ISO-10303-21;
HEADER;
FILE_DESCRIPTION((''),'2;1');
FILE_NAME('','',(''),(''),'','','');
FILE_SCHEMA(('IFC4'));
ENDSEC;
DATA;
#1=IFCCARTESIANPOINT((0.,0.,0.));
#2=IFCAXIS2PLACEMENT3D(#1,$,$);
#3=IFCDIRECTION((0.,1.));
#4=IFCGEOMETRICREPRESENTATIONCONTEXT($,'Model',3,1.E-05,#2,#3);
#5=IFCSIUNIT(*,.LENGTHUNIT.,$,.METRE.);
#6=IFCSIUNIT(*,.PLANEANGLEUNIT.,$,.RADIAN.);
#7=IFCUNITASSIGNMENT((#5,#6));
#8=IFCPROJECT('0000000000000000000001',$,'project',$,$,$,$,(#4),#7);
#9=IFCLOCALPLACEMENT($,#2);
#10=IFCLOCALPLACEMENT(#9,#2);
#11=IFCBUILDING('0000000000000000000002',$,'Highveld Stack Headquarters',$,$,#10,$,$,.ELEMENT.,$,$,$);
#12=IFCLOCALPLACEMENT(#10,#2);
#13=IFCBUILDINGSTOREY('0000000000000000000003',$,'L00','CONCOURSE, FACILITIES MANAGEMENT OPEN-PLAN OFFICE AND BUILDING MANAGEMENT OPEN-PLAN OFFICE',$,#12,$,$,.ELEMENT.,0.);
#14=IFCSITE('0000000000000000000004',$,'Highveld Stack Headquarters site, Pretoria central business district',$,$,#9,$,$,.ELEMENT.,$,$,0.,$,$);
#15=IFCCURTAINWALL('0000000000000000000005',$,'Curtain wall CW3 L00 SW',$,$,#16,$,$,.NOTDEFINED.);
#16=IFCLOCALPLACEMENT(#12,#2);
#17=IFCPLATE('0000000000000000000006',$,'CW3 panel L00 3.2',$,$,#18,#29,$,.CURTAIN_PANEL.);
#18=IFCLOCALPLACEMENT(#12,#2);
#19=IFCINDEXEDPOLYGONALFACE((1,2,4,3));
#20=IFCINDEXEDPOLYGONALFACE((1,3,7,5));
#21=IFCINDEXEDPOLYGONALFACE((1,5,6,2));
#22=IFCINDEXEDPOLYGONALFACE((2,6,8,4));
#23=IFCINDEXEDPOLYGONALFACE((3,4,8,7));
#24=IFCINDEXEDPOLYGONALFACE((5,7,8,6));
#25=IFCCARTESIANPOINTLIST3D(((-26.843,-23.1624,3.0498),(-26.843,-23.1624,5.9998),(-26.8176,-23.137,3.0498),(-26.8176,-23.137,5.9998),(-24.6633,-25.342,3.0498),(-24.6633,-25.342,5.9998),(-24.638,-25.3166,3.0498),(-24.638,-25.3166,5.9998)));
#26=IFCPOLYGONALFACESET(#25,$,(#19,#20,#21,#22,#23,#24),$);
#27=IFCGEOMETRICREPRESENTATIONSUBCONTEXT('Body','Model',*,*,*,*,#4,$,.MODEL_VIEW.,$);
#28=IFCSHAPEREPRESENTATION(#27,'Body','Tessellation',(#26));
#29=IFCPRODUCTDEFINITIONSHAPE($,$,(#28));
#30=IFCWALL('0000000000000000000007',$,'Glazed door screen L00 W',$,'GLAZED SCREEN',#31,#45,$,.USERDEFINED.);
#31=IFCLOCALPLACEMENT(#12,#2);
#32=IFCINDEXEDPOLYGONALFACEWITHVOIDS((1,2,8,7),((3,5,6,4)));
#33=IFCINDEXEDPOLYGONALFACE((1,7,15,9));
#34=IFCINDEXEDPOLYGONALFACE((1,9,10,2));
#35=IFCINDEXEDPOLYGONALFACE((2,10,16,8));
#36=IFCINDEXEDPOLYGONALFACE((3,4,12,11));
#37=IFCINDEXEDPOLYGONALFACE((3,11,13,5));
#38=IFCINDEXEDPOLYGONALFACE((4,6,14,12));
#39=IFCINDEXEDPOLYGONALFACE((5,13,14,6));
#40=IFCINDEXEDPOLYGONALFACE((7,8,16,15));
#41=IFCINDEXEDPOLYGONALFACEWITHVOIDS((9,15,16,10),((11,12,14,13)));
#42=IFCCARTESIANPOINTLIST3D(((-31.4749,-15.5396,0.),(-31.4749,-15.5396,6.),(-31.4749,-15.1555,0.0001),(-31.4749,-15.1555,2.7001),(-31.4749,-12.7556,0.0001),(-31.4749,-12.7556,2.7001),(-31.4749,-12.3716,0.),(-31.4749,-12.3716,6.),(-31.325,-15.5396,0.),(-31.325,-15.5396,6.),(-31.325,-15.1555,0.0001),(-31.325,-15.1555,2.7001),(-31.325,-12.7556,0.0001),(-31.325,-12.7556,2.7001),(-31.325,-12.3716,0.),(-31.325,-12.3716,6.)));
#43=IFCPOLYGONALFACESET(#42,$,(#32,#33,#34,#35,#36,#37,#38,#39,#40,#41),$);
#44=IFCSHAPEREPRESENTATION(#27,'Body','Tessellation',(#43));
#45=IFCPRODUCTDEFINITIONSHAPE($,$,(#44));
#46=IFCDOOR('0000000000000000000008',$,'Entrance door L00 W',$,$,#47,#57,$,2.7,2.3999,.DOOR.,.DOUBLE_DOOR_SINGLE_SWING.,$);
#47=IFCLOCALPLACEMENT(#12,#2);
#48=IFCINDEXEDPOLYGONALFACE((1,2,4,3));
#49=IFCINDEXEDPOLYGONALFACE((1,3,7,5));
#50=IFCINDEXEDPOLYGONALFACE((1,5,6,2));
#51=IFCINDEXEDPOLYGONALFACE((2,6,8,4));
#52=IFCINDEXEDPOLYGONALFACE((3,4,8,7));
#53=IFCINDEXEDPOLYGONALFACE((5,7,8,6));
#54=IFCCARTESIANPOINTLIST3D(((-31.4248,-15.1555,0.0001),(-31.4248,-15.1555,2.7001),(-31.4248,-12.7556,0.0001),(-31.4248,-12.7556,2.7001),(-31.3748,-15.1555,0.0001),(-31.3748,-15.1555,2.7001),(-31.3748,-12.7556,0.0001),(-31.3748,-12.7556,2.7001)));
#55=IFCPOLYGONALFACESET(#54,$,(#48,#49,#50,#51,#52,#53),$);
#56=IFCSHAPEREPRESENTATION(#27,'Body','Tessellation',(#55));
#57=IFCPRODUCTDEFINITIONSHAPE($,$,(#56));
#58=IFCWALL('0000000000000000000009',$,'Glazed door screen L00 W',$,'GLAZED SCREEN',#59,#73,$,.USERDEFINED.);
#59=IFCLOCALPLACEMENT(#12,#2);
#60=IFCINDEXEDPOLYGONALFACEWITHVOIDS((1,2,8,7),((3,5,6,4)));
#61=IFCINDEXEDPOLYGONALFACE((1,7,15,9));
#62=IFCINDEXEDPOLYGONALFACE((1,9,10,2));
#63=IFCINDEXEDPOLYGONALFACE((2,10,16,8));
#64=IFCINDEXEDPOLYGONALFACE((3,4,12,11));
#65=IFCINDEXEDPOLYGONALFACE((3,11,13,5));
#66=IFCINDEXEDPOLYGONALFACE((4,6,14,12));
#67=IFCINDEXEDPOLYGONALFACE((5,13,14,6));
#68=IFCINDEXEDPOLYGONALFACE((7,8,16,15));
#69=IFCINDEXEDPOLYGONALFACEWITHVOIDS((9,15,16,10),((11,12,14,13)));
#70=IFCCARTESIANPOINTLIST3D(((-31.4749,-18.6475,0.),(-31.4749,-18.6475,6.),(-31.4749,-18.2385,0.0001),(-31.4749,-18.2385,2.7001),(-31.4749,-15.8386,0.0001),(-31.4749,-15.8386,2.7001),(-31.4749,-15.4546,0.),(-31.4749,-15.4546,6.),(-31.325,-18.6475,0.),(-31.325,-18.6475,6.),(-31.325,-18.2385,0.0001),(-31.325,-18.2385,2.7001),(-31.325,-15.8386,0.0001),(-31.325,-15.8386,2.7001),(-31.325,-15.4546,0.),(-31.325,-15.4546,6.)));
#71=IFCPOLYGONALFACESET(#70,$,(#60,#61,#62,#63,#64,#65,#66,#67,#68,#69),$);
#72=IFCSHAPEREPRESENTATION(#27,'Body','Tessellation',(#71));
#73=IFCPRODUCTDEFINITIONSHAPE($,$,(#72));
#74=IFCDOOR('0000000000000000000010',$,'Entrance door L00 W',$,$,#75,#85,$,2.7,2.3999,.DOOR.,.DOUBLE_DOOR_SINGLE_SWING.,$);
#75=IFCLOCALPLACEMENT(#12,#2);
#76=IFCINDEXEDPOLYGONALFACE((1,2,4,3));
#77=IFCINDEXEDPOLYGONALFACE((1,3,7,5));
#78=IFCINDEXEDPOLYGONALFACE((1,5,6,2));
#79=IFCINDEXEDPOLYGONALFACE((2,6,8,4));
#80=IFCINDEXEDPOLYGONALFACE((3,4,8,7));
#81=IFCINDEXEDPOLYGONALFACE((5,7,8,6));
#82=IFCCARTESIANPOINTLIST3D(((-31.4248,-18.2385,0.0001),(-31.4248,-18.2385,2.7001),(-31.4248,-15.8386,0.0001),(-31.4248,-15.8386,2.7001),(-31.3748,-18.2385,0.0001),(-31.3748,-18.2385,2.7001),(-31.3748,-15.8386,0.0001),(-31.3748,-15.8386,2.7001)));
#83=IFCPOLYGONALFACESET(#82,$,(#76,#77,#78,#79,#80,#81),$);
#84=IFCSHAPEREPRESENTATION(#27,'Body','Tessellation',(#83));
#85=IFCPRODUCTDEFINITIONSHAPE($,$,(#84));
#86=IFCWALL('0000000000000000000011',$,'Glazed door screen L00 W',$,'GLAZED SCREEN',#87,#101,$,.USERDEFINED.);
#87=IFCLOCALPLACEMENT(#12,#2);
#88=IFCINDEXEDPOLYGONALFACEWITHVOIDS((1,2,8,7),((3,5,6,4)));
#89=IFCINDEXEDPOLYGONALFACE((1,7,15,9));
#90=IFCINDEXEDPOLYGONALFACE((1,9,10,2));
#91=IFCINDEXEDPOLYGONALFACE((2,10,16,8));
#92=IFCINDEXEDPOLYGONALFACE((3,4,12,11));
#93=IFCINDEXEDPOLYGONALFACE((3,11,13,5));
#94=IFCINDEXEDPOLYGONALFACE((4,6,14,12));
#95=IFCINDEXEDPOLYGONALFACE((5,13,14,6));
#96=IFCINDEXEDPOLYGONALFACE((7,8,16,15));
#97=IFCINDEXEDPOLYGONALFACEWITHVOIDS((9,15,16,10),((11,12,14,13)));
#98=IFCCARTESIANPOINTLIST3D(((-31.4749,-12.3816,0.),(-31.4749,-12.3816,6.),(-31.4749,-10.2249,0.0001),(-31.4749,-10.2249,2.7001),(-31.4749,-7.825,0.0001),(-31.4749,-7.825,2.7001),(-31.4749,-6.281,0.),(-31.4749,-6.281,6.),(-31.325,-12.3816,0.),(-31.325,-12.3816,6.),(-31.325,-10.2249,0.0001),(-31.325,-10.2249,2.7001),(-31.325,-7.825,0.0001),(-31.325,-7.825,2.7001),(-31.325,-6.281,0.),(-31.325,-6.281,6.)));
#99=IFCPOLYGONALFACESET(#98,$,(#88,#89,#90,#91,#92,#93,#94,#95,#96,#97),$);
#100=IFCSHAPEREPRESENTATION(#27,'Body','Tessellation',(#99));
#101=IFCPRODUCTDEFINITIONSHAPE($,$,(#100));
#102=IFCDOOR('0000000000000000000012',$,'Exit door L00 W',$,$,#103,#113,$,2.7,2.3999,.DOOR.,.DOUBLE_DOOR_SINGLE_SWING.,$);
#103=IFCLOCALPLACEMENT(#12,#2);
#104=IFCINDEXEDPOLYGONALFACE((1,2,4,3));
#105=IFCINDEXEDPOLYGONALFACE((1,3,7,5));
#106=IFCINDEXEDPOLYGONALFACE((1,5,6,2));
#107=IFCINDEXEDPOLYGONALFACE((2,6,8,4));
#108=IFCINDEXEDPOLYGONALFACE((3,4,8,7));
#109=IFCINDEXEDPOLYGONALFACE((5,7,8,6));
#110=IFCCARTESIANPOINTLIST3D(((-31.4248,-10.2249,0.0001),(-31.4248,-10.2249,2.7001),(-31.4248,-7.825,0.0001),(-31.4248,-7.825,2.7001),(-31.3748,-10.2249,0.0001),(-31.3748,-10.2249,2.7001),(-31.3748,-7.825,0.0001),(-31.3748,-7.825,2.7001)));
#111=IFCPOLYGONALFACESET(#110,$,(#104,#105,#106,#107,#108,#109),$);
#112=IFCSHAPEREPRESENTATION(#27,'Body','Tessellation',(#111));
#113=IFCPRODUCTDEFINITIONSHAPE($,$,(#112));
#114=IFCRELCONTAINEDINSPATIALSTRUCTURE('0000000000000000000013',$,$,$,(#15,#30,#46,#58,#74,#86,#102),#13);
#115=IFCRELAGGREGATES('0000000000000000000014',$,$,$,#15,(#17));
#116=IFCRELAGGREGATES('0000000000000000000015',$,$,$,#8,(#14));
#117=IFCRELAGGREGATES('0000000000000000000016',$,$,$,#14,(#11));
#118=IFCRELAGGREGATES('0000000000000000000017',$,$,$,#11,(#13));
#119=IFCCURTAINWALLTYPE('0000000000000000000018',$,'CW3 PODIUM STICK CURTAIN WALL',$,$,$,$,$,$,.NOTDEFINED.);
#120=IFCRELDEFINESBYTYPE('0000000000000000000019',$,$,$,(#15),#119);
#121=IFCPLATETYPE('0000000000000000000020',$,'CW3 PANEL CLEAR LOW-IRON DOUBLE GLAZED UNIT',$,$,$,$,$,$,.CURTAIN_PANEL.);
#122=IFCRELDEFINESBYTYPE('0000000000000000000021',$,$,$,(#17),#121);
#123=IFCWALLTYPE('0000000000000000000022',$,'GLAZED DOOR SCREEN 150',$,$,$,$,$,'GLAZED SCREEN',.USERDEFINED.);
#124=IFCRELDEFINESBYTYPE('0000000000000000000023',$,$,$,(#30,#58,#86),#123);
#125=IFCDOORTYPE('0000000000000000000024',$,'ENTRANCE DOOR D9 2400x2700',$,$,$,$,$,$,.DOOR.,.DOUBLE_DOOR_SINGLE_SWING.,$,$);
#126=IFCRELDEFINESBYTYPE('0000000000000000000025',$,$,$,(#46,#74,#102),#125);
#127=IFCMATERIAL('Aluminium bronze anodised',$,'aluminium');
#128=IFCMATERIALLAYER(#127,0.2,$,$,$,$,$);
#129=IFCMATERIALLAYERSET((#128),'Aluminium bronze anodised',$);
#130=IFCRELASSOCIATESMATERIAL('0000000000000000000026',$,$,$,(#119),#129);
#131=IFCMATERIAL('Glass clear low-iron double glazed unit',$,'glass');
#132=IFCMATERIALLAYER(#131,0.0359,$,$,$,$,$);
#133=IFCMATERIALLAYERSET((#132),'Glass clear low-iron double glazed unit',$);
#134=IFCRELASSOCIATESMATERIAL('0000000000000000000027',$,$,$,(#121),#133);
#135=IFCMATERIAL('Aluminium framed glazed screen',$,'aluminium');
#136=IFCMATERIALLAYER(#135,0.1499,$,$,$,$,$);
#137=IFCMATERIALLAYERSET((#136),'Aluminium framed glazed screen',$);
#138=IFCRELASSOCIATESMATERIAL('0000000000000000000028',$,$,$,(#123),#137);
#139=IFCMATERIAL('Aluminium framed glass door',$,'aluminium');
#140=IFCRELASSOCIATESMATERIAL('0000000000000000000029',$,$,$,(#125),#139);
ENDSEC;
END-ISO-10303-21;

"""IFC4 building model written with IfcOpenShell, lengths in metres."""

from ifc_helpers import new_model, si_unit, direction, frame, frame_2d, origin, origin_2d, place, context, subcontext, project, spatial, rectangle, extrude, material, layer, layer_set, type_object, element, fill, aggregate, save


model = new_model("IFC4")

# Units and contexts
model_context = context("Model", 3, precision=1e-05, world=origin(), true_north=direction((0.0, 1.0)))
body_context = subcontext(model_context, "Body", "Model", "MODEL_VIEW")
ifc_project = project(units=[si_unit("LENGTHUNIT", "METRE"), si_unit("PLANEANGLEUNIT", "RADIAN")], contexts=[model_context])

# Site, building, storey
site_placement = place(None, origin())
site = spatial("IfcSite", under=ifc_project, at=site_placement, Name="Highveld Stack Headquarters site, Pretoria central business district", CompositionType="ELEMENT", RefElevation=0.0)
building_placement = place(site_placement, origin())
building = spatial("IfcBuilding", under=site, at=building_placement, Name="Highveld Stack Headquarters", CompositionType="ELEMENT")
storey_placement = place(building_placement, origin())
storey = spatial("IfcBuildingStorey", under=building, at=storey_placement, Name="L00", Description="CONCOURSE, FACILITIES MANAGEMENT OPEN-PLAN OFFICE AND BUILDING MANAGEMENT OPEN-PLAN OFFICE", CompositionType="ELEMENT", Elevation=0.0)

# Curtain wall
ifc_material_1 = material(Name="Aluminium bronze anodised", Category="aluminium")
ifc_layer_1 = layer(ifc_material_1, 0.2)
ifc_layer_set_1 = layer_set([ifc_layer_1], Name="Aluminium bronze anodised")
curtain_wall_type = type_object("IfcCurtainWallType", Name="CW3 PODIUM STICK CURTAIN WALL", PredefinedType="NOTDEFINED", material=ifc_layer_set_1)
curtain_wall_1_placement = place(storey_placement, origin())
curtain_wall_1 = element("IfcCurtainWall", 1, at=curtain_wall_1_placement, inside=storey, type_object=curtain_wall_type, Name="Curtain wall CW3 L00 SW", PredefinedType="NOTDEFINED")

# Plate
ifc_material_2 = material(Name="Glass clear low-iron double glazed unit", Category="glass")
ifc_layer_2 = layer(ifc_material_2, 0.0359)
ifc_layer_set_2 = layer_set([ifc_layer_2], Name="Glass clear low-iron double glazed unit")
plate_type = type_object("IfcPlateType", Name="CW3 PANEL CLEAR LOW-IRON DOUBLE GLAZED UNIT", PredefinedType="CURTAIN_PANEL", material=ifc_layer_set_2)
plate_1_placement = place(storey_placement, frame((-25.7405, -24.2395, 3.0498), z_axis=(0.0, 0.0, 1.0), x_axis=(0.707107, -0.707107, 0.0)))
plate_1 = element("IfcPlate", 2, at=plate_1_placement, type_object=plate_type, Name="CW3 panel L00 3.2", PredefinedType="CURTAIN_PANEL", context=body_context, shape_type="SweptSolid", body=[
    extrude(rectangle(XDim=3.0825, YDim=0.0359, at=origin_2d()), origin(), (0.0, 0.0, 1.0), 2.95),
])
aggregate(curtain_wall_1, [plate_1])

# Walls, openings, doors
ifc_material_3 = material(Name="Aluminium framed glazed screen", Category="aluminium")
ifc_layer_3 = layer(ifc_material_3, 0.1499)
ifc_layer_set_3 = layer_set([ifc_layer_3], Name="Aluminium framed glazed screen")
wall_type = type_object("IfcWallType", Name="GLAZED DOOR SCREEN 150", ElementType="GLAZED SCREEN", PredefinedType="USERDEFINED", material=ifc_layer_set_3)
wall_1_placement = place(storey_placement, frame((-31.3999, -15.5396, 0.0), z_axis=(0.0, 0.0, 1.0), x_axis=(0.0, 1.0, 0.0)))
wall_1 = element("IfcWall", 3, at=wall_1_placement, inside=storey, type_object=wall_type, Name="Glazed door screen L00 W", ObjectType="GLAZED SCREEN", PredefinedType="USERDEFINED", context=body_context, shape_type="SweptSolid", body=[
    extrude(rectangle(XDim=3.168, YDim=0.1499, at=frame_2d((1.584, 0.0))), origin(), (0.0, 0.0, 1.0), 6.0),
])
opening_1_placement = place(wall_1_placement, frame((0.384, 0.0, 0.0)))
opening_1 = element("IfcOpeningElement", 4, at=opening_1_placement, cuts=wall_1, PredefinedType="OPENING", context=body_context, shape_type="SweptSolid", body=[
    extrude(rectangle(XDim=2.3999, YDim=2.7, at=frame_2d((1.2, 1.3501))), frame((0.0, 0.085, 0.0), z_axis=(0.0, -1.0, 0.0), x_axis=(1.0, 0.0, 0.0)), (0.0, 0.0, 1.0), 0.1699),
])
ifc_material_4 = material(Name="Aluminium framed glass door", Category="aluminium")
door_type = type_object("IfcDoorType", Name="ENTRANCE DOOR D9 2400x2700", OperationType="DOUBLE_DOOR_SINGLE_SWING", PredefinedType="DOOR", material=ifc_material_4)
door_1_placement = place(opening_1_placement, origin())
door_1 = element("IfcDoor", 5, at=door_1_placement, inside=storey, type_object=door_type, Name="Entrance door L00 W", OperationType="DOUBLE_DOOR_SINGLE_SWING", OverallHeight=2.7, OverallWidth=2.3999, PredefinedType="DOOR", context=body_context, shape_type="SweptSolid", body=[
    extrude(rectangle(XDim=2.3999, YDim=2.7, at=frame_2d((1.2, 1.3501))), frame((0.0, 0.0249, 0.0), z_axis=(0.0, -1.0, 0.0), x_axis=(1.0, 0.0, 0.0)), (0.0, 0.0, 1.0), 0.05),
])
fill(opening_1, door_1)
wall_2_placement = place(storey_placement, frame((-31.3999, -18.6475, 0.0), z_axis=(0.0, 0.0, 1.0), x_axis=(0.0, 1.0, 0.0)))
wall_2 = element("IfcWall", 6, at=wall_2_placement, inside=storey, type_object=wall_type, Name="Glazed door screen L00 W", ObjectType="GLAZED SCREEN", PredefinedType="USERDEFINED", context=body_context, shape_type="SweptSolid", body=[
    extrude(rectangle(XDim=3.1929, YDim=0.1499, at=frame_2d((1.5964, 0.0))), origin(), (0.0, 0.0, 1.0), 6.0),
])
opening_2_placement = place(wall_2_placement, frame((0.4089, 0.0, 0.0)))
opening_2 = element("IfcOpeningElement", 7, at=opening_2_placement, cuts=wall_2, PredefinedType="OPENING", context=body_context, shape_type="SweptSolid", body=[
    extrude(rectangle(XDim=2.3999, YDim=2.7, at=frame_2d((1.2, 1.3501))), frame((0.0, 0.085, 0.0), z_axis=(0.0, -1.0, 0.0), x_axis=(1.0, 0.0, 0.0)), (0.0, 0.0, 1.0), 0.1699),
])
door_2_placement = place(opening_2_placement, origin())
door_2 = element("IfcDoor", 8, at=door_2_placement, inside=storey, type_object=door_type, Name="Entrance door L00 W", OperationType="DOUBLE_DOOR_SINGLE_SWING", OverallHeight=2.7, OverallWidth=2.3999, PredefinedType="DOOR", context=body_context, shape_type="SweptSolid", body=[
    extrude(rectangle(XDim=2.3999, YDim=2.7, at=frame_2d((1.2, 1.3501))), frame((0.0, 0.0249, 0.0), z_axis=(0.0, -1.0, 0.0), x_axis=(1.0, 0.0, 0.0)), (0.0, 0.0, 1.0), 0.05),
])
fill(opening_2, door_2)
wall_3_placement = place(storey_placement, frame((-31.3999, -12.3816, 0.0), z_axis=(0.0, 0.0, 1.0), x_axis=(0.0, 1.0, 0.0)))
wall_3 = element("IfcWall", 9, at=wall_3_placement, inside=storey, type_object=wall_type, Name="Glazed door screen L00 W", ObjectType="GLAZED SCREEN", PredefinedType="USERDEFINED", context=body_context, shape_type="SweptSolid", body=[
    extrude(rectangle(XDim=6.1006, YDim=0.1499, at=frame_2d((3.0503, 0.0))), origin(), (0.0, 0.0, 1.0), 6.0),
])
opening_3_placement = place(wall_3_placement, frame((2.1567, 0.0, 0.0)))
opening_3 = element("IfcOpeningElement", 10, at=opening_3_placement, cuts=wall_3, PredefinedType="OPENING", context=body_context, shape_type="SweptSolid", body=[
    extrude(rectangle(XDim=2.3999, YDim=2.7, at=frame_2d((1.2, 1.3501))), frame((0.0, 0.085, 0.0), z_axis=(0.0, -1.0, 0.0), x_axis=(1.0, 0.0, 0.0)), (0.0, 0.0, 1.0), 0.1699),
])
door_3_placement = place(opening_3_placement, origin())
door_3 = element("IfcDoor", 11, at=door_3_placement, inside=storey, type_object=door_type, Name="Exit door L00 W", OperationType="DOUBLE_DOOR_SINGLE_SWING", OverallHeight=2.7, OverallWidth=2.3999, PredefinedType="DOOR", context=body_context, shape_type="SweptSolid", body=[
    extrude(rectangle(XDim=2.3999, YDim=2.7, at=frame_2d((1.2, 1.3501))), frame((0.0, 0.0249, 0.0), z_axis=(0.0, -1.0, 0.0), x_axis=(1.0, 0.0, 0.0)), (0.0, 0.0, 1.0), 0.05),
])
fill(opening_3, door_3)

save(model, "model.ifc")
